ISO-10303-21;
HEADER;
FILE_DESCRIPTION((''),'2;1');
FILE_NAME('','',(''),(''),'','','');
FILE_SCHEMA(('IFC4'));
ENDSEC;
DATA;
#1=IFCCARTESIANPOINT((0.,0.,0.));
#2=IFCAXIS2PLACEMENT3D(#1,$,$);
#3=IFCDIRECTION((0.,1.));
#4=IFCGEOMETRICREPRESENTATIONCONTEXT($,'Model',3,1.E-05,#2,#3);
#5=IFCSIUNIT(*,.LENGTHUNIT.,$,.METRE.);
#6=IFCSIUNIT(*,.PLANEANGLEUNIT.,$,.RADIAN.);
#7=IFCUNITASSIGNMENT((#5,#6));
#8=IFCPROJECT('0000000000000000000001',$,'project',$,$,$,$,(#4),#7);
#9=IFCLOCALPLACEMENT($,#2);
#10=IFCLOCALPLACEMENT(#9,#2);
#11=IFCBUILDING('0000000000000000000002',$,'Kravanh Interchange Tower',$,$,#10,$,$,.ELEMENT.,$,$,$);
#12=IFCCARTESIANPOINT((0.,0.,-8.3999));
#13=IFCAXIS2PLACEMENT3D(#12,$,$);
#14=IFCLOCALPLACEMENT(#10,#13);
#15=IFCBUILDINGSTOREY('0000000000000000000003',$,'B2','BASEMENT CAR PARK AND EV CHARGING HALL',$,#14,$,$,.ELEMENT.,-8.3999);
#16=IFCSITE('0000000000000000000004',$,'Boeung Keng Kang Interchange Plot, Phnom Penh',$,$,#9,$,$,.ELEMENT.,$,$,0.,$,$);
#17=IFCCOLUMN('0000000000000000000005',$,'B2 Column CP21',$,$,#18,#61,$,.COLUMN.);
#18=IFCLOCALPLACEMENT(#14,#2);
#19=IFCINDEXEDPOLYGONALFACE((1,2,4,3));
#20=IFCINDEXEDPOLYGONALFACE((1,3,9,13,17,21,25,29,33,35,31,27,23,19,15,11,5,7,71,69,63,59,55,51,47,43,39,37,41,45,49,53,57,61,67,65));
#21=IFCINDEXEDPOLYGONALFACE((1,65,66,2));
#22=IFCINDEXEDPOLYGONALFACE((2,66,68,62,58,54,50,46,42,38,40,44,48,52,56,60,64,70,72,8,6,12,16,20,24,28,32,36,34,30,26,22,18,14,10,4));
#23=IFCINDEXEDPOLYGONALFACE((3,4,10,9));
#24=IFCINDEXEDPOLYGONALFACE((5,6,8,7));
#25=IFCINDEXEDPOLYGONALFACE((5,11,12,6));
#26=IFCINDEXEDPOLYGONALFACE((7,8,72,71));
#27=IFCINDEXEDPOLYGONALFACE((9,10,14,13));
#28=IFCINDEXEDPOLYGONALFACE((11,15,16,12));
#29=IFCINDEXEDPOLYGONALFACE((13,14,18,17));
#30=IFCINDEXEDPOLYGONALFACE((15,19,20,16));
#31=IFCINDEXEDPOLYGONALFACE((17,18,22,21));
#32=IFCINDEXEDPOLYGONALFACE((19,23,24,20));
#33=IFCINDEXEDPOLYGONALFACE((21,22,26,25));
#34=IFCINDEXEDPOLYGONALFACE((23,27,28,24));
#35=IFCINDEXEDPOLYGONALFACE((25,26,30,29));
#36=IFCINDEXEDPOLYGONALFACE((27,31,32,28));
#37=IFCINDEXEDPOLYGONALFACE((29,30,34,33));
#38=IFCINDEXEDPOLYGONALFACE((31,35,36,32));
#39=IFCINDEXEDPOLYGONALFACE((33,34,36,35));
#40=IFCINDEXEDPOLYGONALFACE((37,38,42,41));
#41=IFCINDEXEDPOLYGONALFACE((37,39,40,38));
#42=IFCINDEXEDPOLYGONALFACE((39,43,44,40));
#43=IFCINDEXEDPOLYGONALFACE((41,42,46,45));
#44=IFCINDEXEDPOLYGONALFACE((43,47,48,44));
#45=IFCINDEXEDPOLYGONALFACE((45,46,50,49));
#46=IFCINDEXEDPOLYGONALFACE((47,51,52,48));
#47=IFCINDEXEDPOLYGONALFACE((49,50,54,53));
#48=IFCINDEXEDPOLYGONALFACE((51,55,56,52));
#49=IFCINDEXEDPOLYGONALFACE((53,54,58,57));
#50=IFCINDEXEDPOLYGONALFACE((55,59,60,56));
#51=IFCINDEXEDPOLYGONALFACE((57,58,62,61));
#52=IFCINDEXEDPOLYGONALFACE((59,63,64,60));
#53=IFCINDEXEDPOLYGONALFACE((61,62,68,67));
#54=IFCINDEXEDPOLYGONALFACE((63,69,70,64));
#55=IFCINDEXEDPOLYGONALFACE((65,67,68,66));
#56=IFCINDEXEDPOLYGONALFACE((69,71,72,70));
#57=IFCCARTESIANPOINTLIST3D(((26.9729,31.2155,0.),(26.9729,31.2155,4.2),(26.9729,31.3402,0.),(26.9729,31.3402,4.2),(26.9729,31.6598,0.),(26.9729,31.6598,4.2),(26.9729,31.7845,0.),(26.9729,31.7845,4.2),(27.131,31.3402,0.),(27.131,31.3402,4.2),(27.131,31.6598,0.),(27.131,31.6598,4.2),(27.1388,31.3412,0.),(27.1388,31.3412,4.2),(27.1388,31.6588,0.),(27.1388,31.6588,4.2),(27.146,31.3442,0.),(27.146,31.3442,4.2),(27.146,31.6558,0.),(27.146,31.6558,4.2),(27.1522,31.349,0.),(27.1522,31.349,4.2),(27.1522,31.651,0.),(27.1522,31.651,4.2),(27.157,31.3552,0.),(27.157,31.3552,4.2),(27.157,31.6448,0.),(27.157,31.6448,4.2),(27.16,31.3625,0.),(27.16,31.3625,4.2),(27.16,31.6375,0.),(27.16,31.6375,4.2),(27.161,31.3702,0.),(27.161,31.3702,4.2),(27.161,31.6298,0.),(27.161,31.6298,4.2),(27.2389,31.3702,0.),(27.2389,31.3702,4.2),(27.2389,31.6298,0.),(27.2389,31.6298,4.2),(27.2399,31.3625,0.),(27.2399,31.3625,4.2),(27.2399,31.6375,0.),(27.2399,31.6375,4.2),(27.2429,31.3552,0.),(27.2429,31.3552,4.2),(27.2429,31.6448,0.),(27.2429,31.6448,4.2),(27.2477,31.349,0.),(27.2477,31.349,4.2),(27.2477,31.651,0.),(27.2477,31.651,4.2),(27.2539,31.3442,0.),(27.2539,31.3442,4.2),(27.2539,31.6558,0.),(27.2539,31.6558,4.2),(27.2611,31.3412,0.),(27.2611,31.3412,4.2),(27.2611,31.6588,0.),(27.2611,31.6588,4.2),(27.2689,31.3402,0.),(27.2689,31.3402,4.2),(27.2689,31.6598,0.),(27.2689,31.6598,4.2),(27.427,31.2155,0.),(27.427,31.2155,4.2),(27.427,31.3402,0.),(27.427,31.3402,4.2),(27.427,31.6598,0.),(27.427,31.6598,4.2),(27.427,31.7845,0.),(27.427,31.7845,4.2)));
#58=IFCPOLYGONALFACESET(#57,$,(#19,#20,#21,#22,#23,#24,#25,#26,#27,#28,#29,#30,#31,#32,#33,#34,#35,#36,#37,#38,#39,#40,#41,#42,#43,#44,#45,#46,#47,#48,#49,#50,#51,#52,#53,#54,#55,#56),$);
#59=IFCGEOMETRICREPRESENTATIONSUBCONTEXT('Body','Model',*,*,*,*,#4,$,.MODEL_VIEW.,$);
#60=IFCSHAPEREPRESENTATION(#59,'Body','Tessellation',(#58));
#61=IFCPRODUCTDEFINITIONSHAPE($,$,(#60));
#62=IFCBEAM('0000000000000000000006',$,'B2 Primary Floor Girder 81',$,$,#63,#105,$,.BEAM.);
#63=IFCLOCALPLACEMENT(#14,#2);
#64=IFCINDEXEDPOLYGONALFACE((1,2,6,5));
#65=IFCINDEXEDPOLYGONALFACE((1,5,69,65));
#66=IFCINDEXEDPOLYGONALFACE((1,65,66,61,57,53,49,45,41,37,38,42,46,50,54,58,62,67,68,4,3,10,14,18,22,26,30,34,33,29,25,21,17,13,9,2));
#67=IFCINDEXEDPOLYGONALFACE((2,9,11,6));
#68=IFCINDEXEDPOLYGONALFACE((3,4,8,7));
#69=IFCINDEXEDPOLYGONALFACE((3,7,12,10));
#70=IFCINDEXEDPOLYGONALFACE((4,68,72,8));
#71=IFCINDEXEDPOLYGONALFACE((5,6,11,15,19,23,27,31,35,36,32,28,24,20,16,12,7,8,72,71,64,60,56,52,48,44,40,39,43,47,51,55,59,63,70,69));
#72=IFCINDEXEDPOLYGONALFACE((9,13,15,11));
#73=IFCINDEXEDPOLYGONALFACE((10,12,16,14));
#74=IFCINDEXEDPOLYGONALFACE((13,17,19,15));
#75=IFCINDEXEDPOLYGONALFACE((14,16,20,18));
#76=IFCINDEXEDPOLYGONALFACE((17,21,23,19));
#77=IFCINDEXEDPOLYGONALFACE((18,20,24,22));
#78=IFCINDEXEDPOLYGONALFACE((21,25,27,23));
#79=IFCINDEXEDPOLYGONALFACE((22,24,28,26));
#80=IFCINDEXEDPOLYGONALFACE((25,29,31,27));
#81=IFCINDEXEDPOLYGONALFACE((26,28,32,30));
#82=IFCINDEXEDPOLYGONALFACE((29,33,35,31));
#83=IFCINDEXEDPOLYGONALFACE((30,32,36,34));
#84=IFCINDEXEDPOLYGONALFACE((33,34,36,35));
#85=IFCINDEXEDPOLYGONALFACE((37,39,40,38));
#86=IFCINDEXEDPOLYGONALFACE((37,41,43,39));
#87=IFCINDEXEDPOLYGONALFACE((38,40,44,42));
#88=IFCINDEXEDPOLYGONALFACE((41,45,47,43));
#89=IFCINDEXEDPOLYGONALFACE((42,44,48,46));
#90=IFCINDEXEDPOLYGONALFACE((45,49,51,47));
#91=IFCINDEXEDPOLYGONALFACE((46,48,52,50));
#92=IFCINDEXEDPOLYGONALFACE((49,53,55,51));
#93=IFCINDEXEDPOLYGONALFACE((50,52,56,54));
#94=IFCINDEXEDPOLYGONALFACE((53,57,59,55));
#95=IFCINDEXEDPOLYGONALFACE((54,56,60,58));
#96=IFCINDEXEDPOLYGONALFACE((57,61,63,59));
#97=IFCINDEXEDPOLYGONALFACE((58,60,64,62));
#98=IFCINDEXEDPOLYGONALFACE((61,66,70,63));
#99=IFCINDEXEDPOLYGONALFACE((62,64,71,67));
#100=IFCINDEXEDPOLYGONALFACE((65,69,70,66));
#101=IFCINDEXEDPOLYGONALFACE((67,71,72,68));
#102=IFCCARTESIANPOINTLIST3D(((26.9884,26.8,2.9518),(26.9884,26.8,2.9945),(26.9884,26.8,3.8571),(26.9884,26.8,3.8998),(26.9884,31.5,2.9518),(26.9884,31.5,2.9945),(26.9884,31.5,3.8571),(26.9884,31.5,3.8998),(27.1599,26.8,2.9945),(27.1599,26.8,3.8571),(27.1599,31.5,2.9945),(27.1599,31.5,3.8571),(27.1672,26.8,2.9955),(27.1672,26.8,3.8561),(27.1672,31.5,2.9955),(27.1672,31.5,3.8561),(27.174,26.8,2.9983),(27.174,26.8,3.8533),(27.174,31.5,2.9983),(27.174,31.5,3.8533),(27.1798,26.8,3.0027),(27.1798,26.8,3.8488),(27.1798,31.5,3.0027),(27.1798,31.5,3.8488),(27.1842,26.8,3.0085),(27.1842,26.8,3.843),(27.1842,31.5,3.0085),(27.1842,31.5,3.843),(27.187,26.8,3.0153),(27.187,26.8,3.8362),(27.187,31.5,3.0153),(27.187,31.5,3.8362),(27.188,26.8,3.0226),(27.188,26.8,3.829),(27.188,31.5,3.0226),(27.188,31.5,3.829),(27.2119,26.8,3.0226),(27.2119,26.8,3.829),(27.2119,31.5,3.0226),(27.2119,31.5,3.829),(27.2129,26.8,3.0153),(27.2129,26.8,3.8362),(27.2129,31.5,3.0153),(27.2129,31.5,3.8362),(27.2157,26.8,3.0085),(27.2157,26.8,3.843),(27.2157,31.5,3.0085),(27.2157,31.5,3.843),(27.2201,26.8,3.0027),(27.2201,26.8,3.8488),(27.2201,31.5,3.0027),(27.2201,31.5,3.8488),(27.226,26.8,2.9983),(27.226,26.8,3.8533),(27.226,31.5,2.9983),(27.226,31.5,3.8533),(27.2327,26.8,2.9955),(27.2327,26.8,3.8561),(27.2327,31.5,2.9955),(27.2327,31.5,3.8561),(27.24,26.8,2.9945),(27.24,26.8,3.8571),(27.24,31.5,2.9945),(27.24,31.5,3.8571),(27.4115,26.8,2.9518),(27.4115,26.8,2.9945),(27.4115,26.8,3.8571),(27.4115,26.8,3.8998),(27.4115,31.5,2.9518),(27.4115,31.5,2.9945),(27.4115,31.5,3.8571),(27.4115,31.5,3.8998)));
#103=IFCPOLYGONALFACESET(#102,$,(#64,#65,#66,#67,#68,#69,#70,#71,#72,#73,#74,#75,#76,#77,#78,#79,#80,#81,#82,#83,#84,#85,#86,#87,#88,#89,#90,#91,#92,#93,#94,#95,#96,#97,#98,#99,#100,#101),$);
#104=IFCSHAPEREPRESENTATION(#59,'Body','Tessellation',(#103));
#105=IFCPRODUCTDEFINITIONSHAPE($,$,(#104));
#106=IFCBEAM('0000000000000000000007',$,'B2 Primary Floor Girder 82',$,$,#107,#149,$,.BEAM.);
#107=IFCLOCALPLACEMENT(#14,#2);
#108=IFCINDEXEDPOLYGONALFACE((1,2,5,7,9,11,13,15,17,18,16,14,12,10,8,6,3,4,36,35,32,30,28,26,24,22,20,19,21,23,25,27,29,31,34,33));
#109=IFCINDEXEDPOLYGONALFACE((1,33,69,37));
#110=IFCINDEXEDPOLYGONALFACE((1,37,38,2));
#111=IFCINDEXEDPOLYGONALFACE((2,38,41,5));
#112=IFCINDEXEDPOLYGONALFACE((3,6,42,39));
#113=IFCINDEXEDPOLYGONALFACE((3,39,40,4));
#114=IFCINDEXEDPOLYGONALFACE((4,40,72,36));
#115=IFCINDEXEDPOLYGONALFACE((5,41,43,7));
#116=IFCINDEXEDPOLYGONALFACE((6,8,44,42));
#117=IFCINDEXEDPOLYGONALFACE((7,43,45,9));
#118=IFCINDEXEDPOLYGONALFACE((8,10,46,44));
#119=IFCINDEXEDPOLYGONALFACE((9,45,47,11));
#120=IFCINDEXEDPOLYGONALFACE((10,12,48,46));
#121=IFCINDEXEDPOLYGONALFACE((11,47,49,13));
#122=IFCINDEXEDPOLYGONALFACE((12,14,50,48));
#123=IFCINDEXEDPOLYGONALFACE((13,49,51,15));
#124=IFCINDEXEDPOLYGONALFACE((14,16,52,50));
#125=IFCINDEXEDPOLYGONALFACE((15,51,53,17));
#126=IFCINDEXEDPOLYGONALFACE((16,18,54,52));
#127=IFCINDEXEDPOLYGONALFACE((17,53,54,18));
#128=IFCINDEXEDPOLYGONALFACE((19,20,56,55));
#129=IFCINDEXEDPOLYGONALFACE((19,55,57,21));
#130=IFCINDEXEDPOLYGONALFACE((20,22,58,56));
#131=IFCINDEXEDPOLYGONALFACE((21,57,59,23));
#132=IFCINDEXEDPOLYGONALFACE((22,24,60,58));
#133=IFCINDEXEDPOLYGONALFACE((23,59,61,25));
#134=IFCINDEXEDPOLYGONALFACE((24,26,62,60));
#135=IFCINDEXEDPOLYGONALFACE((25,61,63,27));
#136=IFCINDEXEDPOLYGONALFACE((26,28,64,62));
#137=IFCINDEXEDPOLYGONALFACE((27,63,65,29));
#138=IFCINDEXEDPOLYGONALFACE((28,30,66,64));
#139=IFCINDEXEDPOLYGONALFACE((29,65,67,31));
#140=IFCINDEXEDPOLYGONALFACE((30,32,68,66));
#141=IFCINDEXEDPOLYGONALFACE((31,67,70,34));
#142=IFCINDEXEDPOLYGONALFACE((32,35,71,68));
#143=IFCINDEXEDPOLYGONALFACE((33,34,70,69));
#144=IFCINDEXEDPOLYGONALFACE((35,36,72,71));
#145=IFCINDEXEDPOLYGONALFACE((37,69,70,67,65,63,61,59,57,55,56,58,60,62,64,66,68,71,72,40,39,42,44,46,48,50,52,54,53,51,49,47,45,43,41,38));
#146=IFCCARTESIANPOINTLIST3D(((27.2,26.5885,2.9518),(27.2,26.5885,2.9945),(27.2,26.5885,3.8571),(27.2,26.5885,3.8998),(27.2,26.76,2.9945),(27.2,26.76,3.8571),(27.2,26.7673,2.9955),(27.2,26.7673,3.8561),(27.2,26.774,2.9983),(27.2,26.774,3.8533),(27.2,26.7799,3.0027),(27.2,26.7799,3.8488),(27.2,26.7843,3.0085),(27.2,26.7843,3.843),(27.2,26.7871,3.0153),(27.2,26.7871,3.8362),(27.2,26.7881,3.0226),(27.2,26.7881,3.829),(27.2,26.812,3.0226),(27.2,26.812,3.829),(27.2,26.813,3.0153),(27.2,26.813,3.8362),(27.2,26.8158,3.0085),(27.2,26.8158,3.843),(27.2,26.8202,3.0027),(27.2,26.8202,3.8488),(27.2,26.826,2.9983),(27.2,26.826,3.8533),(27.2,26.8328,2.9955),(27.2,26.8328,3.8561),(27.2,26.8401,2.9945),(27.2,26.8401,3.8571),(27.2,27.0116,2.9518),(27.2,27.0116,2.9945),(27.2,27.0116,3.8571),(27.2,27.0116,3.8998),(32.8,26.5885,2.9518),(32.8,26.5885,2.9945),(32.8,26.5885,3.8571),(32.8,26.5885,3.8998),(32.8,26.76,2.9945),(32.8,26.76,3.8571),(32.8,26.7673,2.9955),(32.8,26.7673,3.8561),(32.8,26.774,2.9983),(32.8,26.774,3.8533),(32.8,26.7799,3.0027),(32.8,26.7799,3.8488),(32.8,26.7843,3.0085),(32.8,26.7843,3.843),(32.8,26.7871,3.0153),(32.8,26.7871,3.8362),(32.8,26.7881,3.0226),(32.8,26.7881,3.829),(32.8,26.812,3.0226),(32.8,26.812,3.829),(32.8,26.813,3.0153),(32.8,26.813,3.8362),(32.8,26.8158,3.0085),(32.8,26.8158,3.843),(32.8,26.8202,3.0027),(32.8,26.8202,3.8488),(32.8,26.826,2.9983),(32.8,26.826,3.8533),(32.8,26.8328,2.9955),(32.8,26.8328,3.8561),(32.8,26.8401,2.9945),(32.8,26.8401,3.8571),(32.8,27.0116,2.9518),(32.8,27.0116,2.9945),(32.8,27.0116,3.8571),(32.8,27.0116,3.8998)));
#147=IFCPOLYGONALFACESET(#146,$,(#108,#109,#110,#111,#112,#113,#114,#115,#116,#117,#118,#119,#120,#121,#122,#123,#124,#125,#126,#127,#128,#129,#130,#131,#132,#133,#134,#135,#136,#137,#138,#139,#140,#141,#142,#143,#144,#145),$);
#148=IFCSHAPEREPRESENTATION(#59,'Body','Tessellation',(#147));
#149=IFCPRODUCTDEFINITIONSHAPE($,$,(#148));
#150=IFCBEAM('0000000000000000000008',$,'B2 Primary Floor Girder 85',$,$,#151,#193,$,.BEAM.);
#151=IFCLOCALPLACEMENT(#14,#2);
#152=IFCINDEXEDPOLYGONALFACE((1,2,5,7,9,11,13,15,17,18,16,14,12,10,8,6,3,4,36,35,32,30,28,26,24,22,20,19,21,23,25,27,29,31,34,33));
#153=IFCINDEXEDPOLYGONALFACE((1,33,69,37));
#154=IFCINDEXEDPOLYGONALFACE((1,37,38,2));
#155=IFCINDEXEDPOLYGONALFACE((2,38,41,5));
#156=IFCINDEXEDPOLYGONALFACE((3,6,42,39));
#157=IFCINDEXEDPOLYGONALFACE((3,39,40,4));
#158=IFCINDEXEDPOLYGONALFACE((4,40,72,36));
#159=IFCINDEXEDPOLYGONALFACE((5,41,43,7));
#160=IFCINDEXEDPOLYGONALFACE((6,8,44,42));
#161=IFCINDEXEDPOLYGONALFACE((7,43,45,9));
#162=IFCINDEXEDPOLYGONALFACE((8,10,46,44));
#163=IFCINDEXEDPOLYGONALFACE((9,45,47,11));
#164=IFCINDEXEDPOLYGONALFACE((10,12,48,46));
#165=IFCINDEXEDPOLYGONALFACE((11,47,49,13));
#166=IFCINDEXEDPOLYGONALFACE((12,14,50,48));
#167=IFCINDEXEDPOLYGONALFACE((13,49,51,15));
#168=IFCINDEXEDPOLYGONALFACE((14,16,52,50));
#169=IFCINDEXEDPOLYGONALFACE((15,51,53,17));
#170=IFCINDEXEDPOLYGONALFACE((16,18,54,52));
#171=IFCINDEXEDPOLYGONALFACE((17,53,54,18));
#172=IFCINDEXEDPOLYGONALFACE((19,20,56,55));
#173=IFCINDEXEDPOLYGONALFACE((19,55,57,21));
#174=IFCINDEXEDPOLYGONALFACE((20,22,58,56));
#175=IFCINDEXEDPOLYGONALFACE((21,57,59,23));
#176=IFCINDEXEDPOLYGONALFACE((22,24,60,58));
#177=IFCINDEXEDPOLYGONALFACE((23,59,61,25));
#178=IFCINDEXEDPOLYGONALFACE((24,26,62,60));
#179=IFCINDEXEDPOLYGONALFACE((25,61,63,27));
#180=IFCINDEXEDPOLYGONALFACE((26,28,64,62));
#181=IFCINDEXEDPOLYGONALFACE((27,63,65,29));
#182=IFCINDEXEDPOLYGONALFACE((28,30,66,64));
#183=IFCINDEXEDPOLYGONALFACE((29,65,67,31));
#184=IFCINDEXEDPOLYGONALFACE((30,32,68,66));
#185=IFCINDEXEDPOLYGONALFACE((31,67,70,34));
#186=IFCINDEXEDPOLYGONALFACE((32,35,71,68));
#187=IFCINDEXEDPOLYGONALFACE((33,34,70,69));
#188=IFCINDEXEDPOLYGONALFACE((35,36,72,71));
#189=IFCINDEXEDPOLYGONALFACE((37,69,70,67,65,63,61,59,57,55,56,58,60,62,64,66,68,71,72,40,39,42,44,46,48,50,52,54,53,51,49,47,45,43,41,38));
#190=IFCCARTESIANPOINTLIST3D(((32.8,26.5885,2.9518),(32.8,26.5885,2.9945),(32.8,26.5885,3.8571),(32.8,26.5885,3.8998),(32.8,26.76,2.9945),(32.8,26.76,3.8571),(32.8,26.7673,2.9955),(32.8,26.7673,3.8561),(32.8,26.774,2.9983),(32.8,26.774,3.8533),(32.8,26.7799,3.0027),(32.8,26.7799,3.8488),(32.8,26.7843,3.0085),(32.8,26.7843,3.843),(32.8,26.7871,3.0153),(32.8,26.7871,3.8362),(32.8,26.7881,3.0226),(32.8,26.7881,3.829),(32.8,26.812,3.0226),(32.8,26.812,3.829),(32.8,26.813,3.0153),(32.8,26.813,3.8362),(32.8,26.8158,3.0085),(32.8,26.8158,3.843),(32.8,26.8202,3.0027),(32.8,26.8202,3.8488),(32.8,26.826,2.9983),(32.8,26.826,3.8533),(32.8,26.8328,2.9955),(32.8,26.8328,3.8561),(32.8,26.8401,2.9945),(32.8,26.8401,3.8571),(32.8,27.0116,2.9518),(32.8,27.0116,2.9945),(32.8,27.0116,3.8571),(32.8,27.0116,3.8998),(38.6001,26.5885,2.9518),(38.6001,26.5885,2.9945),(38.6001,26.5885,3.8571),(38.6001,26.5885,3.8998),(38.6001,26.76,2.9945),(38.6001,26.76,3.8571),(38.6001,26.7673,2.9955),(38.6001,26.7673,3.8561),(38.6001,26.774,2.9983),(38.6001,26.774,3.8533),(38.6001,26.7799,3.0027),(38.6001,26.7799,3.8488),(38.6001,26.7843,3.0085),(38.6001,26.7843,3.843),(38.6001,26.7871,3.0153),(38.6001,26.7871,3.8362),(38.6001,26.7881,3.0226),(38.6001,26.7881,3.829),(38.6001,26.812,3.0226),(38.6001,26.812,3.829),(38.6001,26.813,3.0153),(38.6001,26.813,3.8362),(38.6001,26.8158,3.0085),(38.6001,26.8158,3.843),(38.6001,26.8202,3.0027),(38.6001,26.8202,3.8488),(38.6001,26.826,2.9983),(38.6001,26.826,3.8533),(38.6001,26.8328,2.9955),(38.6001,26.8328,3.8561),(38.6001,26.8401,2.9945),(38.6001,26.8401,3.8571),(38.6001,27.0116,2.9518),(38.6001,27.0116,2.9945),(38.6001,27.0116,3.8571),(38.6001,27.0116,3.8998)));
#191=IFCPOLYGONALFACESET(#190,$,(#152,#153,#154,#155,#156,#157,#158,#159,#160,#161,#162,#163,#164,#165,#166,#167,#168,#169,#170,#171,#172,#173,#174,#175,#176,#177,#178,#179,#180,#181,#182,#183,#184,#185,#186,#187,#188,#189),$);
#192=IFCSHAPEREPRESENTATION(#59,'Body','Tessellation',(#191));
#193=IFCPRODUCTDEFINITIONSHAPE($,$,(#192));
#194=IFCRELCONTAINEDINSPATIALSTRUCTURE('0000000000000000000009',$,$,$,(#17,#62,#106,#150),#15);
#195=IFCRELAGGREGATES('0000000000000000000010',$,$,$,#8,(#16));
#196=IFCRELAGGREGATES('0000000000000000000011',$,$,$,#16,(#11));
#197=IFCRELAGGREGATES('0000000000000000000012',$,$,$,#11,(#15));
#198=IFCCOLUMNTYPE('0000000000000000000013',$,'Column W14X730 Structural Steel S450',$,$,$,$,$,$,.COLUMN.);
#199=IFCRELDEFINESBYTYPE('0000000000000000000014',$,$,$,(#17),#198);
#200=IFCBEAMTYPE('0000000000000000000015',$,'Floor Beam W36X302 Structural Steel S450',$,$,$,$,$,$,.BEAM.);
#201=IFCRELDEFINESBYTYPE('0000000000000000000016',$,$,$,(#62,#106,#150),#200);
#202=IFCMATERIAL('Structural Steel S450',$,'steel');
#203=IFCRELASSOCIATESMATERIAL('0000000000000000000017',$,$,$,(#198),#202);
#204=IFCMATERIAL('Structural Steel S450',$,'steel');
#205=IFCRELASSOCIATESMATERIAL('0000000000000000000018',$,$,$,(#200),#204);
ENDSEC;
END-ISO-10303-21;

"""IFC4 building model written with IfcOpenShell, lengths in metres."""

from ifc_helpers import new_model, si_unit, direction, frame, origin, origin_2d, place, context, subcontext, project, spatial, i_section, extrude, material, material_profile, profile_set, type_object, element, save


model = new_model("IFC4")

# Units and contexts
model_context = context("Model", 3, precision=1e-05, world=origin(), true_north=direction((0.0, 1.0)))
body_context = subcontext(model_context, "Body", "Model", "MODEL_VIEW")
ifc_project = project(units=[si_unit("LENGTHUNIT", "METRE"), si_unit("PLANEANGLEUNIT", "RADIAN")], contexts=[model_context])

# Site, building, storey
site_placement = place(None, origin())
site = spatial("IfcSite", under=ifc_project, at=site_placement, Name="Boeung Keng Kang Interchange Plot, Phnom Penh", CompositionType="ELEMENT", RefElevation=0.0)
building_placement = place(site_placement, origin())
building = spatial("IfcBuilding", under=site, at=building_placement, Name="Kravanh Interchange Tower", CompositionType="ELEMENT")
storey_placement = place(building_placement, frame((0.0, 0.0, -8.3999)))
storey = spatial("IfcBuildingStorey", under=building, at=storey_placement, Name="B2", Description="BASEMENT CAR PARK AND EV CHARGING HALL", CompositionType="ELEMENT", Elevation=-8.3999)

# Column
ifc_material_1 = material(Name="Structural Steel S450", Category="steel")
ifc_material_profile_1 = material_profile(ifc_material_1, i_section(OverallWidth=0.4541, OverallDepth=0.5691, WebThickness=0.0779, FlangeThickness=0.1248, FilletRadius=0.03, at=origin_2d()), Name="W14X730")
ifc_profile_set_1 = profile_set([ifc_material_profile_1], Name="Structural Steel S450")
column_type_1 = type_object("IfcColumnType", Name="Column W14X730 Structural Steel S450", PredefinedType="COLUMN", material=ifc_profile_set_1)
for number, where, z_axis, x_axis, name in (
    (1, (27.2, 31.5, 0.0), (0.0, 0.0, 1.0), (1.0, 0.0, 0.0), "B2 Column CP21"),
):
    element("IfcColumn", number, at=place(storey_placement, frame(where, z_axis=z_axis, x_axis=x_axis)), inside=storey, type_object=column_type_1, Name=name, PredefinedType="COLUMN", context=body_context, shape_type="SweptSolid", body=[
        extrude(i_section(OverallWidth=0.4541, OverallDepth=0.5691, WebThickness=0.0779, FlangeThickness=0.1248, FilletRadius=0.03, at=origin_2d()), origin(), (0.0, 0.0, 1.0), 4.2),
    ])

# Beams
ifc_material_2 = material(Name="Structural Steel S450", Category="steel")
ifc_material_profile_2 = material_profile(ifc_material_2, i_section(OverallWidth=0.4231, OverallDepth=0.948, WebThickness=0.0239, FlangeThickness=0.0427, FilletRadius=0.0281, at=origin_2d()), Name="W36X302")
ifc_profile_set_2 = profile_set([ifc_material_profile_2], Name="Structural Steel S450")
beam_type_1 = type_object("IfcBeamType", Name="Floor Beam W36X302 Structural Steel S450", PredefinedType="BEAM", material=ifc_profile_set_2)
beam_1_placement = place(storey_placement, frame((27.2, 26.8, 3.4258), z_axis=(0.0, 1.0, 0.0), x_axis=(-1.0, 0.0, 0.0)))
element("IfcBeam", 2, at=beam_1_placement, inside=storey, type_object=beam_type_1, Name="B2 Primary Floor Girder 81", PredefinedType="BEAM", context=body_context, shape_type="SweptSolid", body=[
    extrude(i_section(OverallWidth=0.4231, OverallDepth=0.948, WebThickness=0.0239, FlangeThickness=0.0427, FilletRadius=0.0281, at=origin_2d()), origin(), (0.0, 0.0, 1.0), 4.7),
])
beam_2_placement = place(storey_placement, frame((27.2, 26.8, 3.4258), z_axis=(1.0, 0.0, 0.0), x_axis=(0.0, 1.0, 0.0)))
element("IfcBeam", 3, at=beam_2_placement, inside=storey, type_object=beam_type_1, Name="B2 Primary Floor Girder 82", PredefinedType="BEAM", context=body_context, shape_type="SweptSolid", body=[
    extrude(i_section(OverallWidth=0.4231, OverallDepth=0.948, WebThickness=0.0239, FlangeThickness=0.0427, FilletRadius=0.0281, at=origin_2d()), origin(), (0.0, 0.0, 1.0), 5.6001),
])
beam_3_placement = place(storey_placement, frame((32.8, 26.8, 3.4258), z_axis=(1.0, 0.0, 0.0), x_axis=(0.0, 1.0, 0.0)))
element("IfcBeam", 4, at=beam_3_placement, inside=storey, type_object=beam_type_1, Name="B2 Primary Floor Girder 85", PredefinedType="BEAM", context=body_context, shape_type="SweptSolid", body=[
    extrude(i_section(OverallWidth=0.4231, OverallDepth=0.948, WebThickness=0.0239, FlangeThickness=0.0427, FilletRadius=0.0281, at=origin_2d()), origin(), (0.0, 0.0, 1.0), 5.8),
])

save(model, "model.ifc")
